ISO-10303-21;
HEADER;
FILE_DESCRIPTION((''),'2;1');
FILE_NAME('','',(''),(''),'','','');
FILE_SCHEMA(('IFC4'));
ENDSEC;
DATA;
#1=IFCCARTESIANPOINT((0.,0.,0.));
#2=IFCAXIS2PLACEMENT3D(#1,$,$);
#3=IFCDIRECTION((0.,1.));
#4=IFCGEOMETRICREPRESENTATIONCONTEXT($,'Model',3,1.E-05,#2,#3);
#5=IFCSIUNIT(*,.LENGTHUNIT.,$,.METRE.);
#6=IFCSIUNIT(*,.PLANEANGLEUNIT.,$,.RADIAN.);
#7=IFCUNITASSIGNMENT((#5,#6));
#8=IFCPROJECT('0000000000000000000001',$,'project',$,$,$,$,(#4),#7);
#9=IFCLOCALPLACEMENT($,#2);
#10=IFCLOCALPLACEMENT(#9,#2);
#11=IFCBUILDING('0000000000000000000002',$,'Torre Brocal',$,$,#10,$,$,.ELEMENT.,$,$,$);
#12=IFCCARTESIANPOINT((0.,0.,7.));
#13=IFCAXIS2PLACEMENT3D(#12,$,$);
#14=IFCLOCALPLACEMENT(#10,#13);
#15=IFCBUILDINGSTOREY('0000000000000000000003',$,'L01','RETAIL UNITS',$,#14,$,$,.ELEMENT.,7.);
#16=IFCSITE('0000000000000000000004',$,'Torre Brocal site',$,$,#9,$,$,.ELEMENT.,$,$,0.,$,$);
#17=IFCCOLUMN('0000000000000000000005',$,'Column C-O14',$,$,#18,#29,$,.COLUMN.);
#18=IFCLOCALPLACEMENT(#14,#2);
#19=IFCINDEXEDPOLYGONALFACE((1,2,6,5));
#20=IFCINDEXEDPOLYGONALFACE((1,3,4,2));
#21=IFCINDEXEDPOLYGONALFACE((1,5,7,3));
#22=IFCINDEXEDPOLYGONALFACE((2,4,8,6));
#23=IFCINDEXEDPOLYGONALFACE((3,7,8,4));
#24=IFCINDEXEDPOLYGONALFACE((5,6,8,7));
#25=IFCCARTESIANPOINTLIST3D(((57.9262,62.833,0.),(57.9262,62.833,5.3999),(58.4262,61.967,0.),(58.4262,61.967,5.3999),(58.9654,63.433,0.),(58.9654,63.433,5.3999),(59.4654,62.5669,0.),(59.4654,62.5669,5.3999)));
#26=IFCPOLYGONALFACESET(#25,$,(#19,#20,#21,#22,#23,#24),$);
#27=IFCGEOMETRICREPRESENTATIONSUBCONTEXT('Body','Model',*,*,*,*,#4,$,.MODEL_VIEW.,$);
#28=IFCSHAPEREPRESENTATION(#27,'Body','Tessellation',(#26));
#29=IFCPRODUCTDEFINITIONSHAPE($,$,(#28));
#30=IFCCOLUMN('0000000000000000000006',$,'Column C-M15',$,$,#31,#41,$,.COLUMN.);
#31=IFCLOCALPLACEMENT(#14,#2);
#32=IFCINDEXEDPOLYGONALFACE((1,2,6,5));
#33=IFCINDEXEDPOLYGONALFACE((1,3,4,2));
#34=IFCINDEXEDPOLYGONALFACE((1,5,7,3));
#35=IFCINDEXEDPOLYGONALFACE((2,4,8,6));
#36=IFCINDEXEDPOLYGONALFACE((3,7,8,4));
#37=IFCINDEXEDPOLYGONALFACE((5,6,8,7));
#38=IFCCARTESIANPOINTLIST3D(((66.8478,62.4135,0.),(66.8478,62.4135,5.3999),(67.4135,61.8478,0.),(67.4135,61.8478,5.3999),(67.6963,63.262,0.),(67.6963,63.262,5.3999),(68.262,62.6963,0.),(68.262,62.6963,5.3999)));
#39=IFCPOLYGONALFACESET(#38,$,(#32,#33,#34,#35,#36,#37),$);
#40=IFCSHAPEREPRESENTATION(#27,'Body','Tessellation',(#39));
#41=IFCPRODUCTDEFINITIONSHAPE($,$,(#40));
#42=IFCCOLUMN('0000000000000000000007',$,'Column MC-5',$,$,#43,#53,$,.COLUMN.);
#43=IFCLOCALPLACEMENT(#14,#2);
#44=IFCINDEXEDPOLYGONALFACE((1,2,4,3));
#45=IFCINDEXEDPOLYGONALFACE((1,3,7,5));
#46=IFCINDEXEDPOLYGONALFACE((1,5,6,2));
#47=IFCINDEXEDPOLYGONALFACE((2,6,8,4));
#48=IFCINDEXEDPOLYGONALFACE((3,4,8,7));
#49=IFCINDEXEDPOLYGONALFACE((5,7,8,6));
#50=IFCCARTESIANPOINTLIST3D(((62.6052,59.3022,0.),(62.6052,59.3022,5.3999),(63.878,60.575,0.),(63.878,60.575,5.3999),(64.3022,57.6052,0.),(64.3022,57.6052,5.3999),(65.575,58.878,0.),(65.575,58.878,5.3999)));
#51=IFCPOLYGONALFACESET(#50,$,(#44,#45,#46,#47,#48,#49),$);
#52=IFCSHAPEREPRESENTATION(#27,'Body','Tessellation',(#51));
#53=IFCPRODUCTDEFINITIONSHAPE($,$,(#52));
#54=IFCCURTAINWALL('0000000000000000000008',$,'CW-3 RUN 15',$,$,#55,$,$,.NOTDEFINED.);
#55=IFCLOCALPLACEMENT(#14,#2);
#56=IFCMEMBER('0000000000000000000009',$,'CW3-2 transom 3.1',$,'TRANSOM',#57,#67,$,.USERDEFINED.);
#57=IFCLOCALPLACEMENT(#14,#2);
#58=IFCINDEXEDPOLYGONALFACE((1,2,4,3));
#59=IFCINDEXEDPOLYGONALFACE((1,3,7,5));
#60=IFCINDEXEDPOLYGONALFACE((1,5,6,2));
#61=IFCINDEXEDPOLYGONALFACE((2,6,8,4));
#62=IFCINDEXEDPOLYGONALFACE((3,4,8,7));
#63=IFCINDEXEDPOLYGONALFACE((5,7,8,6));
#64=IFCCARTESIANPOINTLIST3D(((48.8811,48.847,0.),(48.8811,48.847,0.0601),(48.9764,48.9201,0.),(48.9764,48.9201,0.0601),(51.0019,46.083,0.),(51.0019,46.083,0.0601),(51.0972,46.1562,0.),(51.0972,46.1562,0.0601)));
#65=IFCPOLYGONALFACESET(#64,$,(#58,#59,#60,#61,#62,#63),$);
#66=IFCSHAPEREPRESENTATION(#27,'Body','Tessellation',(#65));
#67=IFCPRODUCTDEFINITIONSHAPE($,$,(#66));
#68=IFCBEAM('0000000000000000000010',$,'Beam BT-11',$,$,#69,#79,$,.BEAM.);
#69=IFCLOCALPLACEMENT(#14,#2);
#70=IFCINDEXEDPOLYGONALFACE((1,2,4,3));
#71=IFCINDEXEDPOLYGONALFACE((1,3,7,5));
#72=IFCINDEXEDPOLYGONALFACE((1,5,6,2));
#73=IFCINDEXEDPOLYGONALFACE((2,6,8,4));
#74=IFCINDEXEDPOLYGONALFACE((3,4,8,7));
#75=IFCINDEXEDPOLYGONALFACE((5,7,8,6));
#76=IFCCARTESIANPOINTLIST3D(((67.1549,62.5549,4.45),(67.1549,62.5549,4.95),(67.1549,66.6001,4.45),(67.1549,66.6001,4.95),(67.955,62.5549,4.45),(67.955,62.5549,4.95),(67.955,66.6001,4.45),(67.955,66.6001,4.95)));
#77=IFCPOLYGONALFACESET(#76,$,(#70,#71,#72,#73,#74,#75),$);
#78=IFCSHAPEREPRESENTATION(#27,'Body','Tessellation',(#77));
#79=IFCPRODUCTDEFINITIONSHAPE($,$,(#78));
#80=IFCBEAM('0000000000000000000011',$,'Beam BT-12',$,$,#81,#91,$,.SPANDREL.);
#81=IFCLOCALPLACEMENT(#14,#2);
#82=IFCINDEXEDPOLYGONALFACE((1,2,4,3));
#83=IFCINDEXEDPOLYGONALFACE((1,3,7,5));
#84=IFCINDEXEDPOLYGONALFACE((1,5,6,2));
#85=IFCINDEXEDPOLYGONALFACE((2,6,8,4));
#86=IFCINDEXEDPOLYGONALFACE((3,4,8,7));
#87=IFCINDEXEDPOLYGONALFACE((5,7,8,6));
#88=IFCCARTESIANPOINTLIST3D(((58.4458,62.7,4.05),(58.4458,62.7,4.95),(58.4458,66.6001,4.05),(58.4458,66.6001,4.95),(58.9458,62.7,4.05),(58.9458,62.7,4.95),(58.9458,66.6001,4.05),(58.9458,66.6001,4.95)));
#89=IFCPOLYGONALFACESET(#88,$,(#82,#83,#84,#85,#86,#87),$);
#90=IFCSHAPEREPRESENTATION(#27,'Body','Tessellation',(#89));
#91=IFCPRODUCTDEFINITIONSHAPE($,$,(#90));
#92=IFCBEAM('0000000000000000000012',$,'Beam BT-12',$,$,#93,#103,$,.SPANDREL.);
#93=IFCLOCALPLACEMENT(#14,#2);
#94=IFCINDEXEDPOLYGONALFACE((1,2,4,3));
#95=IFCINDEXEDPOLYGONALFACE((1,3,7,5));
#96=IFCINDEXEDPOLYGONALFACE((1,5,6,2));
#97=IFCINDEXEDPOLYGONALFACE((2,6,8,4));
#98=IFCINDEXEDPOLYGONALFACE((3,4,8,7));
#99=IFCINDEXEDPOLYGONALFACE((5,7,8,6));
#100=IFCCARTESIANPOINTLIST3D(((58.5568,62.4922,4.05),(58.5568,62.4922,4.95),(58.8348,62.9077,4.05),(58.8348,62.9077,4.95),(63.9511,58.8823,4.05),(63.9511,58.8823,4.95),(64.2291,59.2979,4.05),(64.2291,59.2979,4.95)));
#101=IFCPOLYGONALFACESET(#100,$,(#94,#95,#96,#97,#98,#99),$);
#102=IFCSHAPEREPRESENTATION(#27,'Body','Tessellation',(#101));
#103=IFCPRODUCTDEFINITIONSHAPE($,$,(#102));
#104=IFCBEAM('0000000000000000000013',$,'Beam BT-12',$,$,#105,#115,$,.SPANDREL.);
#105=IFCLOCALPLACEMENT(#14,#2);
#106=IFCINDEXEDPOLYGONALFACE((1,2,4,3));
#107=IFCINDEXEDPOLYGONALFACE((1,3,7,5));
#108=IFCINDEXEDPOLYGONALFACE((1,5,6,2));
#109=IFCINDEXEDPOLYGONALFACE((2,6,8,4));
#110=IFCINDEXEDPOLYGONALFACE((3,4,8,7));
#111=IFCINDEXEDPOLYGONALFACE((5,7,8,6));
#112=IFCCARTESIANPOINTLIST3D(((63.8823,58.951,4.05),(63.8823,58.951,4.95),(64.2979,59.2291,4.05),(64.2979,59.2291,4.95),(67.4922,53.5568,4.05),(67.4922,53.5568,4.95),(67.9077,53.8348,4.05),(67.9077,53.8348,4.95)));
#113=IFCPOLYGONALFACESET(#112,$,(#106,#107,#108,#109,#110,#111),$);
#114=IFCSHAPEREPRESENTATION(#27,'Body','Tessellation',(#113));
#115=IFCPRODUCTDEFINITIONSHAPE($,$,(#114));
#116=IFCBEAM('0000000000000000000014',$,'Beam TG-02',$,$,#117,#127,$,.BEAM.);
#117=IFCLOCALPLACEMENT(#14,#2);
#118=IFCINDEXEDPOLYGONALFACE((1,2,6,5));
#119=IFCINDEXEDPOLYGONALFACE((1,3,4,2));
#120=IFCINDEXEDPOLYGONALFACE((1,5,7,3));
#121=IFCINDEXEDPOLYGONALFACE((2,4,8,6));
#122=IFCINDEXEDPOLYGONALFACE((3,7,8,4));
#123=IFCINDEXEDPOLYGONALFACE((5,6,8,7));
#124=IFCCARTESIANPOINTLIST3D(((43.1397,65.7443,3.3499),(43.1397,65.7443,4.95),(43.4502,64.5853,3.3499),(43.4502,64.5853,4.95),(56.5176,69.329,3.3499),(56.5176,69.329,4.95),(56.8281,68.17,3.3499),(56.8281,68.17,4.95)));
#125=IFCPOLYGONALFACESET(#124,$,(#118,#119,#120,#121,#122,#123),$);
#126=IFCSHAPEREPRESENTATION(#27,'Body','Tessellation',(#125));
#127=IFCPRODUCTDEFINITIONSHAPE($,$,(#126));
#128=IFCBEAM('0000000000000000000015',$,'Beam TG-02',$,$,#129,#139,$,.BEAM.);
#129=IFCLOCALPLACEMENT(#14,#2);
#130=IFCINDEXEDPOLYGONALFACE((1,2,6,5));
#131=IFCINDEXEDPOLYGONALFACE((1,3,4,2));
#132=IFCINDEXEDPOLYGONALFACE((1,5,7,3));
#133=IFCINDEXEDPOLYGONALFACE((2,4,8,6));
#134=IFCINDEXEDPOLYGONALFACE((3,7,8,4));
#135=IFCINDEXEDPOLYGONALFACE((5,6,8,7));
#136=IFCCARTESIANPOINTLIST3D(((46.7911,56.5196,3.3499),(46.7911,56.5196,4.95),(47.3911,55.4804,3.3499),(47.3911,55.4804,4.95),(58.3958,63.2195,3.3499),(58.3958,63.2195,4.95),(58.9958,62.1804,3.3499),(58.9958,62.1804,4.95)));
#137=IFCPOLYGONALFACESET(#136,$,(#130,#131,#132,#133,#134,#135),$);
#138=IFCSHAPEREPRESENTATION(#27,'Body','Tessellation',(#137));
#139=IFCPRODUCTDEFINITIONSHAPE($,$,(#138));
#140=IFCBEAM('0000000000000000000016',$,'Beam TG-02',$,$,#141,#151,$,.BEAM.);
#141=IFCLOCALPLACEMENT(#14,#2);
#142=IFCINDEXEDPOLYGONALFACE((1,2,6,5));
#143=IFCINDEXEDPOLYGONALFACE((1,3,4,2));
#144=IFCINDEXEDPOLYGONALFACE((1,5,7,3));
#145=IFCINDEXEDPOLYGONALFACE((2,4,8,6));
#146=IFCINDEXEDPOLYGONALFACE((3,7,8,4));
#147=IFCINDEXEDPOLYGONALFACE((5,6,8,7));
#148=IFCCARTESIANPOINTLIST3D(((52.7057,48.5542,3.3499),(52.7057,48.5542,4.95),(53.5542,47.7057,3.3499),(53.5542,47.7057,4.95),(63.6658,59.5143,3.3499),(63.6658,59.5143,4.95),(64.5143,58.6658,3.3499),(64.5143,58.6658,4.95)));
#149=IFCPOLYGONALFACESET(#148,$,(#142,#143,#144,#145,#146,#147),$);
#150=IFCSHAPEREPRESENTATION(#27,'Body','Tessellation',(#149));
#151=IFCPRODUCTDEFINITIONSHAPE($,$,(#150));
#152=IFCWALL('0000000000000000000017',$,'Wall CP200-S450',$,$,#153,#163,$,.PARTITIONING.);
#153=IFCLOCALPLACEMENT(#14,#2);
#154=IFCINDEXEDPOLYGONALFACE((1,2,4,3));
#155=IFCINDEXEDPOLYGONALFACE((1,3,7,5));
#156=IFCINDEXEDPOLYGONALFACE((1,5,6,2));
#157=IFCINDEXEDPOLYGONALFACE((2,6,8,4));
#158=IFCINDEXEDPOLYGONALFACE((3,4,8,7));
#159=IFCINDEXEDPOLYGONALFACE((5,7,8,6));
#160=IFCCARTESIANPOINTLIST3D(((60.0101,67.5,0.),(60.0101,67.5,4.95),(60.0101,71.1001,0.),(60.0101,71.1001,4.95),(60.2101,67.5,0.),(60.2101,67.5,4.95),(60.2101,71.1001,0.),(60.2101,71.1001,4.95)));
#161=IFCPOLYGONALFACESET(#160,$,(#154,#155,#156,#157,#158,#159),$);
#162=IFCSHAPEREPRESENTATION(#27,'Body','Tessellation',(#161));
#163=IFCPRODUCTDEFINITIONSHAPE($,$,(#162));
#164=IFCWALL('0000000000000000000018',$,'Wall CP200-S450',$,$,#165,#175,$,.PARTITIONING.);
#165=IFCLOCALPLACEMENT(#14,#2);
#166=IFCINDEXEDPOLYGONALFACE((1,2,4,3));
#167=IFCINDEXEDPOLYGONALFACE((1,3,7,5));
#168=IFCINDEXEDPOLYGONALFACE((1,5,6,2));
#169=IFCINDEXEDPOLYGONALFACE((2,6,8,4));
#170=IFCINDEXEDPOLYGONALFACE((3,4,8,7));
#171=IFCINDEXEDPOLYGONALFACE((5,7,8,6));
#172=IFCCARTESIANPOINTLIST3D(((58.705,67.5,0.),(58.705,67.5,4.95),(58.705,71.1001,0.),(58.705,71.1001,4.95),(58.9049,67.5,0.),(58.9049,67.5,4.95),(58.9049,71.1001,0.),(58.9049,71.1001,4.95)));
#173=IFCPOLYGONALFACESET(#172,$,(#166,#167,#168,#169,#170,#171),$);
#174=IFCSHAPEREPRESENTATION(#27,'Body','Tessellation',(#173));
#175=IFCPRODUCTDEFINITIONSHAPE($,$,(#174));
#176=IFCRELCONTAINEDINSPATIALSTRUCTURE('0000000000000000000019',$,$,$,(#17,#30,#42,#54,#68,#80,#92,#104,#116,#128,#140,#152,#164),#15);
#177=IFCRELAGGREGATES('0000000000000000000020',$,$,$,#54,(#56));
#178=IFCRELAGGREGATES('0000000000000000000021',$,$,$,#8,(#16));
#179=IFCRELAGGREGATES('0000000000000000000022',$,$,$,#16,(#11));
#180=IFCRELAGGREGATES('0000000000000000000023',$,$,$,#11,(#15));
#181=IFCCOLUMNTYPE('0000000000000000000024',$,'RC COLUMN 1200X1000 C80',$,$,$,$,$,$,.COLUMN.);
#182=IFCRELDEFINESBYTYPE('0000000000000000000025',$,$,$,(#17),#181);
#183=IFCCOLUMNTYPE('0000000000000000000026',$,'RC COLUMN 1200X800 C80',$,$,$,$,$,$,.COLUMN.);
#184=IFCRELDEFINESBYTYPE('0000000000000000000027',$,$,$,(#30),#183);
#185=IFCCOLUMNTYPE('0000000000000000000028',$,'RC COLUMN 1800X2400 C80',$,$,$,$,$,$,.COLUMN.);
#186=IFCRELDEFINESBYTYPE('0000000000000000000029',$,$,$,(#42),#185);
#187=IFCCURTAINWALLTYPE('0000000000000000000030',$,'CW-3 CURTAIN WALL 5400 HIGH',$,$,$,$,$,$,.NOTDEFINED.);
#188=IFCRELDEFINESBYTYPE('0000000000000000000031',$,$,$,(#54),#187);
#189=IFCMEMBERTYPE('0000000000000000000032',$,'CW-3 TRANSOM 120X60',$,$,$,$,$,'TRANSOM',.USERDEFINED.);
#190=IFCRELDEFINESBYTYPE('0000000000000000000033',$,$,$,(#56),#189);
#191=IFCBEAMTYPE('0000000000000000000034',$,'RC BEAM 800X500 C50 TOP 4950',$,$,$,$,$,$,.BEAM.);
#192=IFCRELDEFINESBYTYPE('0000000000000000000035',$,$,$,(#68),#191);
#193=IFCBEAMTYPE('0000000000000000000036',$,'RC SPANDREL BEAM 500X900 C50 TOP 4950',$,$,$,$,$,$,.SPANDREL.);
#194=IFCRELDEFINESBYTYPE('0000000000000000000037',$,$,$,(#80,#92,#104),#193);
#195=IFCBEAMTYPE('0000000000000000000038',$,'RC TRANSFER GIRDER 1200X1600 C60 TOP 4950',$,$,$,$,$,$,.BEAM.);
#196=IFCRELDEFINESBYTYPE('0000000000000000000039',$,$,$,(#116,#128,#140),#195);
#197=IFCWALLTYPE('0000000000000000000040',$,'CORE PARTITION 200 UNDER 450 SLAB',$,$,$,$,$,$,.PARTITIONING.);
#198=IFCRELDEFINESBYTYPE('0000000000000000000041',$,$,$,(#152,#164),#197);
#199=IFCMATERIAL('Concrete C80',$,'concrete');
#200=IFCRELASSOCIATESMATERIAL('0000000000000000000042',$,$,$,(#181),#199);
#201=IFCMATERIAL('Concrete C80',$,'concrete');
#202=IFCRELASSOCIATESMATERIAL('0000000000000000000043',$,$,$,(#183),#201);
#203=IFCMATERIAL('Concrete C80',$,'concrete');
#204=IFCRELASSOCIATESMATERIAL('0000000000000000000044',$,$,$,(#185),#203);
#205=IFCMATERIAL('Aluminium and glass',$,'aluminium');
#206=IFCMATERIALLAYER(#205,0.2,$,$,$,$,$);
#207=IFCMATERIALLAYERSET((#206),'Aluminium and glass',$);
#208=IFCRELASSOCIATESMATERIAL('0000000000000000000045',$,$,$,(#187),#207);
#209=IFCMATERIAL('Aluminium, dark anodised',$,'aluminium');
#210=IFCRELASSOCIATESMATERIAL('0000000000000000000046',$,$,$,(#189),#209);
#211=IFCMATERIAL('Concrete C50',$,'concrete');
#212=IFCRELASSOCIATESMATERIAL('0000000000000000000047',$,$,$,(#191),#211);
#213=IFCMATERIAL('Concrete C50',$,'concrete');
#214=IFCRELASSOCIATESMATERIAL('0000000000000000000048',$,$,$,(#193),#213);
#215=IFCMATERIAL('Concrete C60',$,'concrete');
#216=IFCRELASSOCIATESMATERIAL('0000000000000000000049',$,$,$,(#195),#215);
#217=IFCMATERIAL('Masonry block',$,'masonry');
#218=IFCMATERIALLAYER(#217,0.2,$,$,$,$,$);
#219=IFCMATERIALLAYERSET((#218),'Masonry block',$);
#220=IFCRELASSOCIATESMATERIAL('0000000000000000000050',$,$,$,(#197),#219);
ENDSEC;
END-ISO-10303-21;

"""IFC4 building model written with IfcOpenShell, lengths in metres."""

from ifc_helpers import new_model, si_unit, direction, frame, frame_2d, origin, origin_2d, place, context, subcontext, project, spatial, rectangle, extrude, material, layer, layer_set, material_profile, profile_set, type_object, element, aggregate, save


model = new_model("IFC4")

# Units and contexts
model_context = context("Model", 3, precision=1e-05, world=origin(), true_north=direction((0.0, 1.0)))
body_context = subcontext(model_context, "Body", "Model", "MODEL_VIEW")
ifc_project = project(units=[si_unit("LENGTHUNIT", "METRE"), si_unit("PLANEANGLEUNIT", "RADIAN")], contexts=[model_context])

# Site, building, storey
site_placement = place(None, origin())
site = spatial("IfcSite", under=ifc_project, at=site_placement, Name="Torre Brocal site", CompositionType="ELEMENT", RefElevation=0.0)
building_placement = place(site_placement, origin())
building = spatial("IfcBuilding", under=site, at=building_placement, Name="Torre Brocal", CompositionType="ELEMENT")
storey_placement = place(building_placement, frame((0.0, 0.0, 7.0)))
storey = spatial("IfcBuildingStorey", under=building, at=storey_placement, Name="L01", Description="RETAIL UNITS", CompositionType="ELEMENT", Elevation=7.0)

# Columns
ifc_material_1 = material(Name="Concrete C80", Category="concrete")
ifc_material_profile_1 = material_profile(ifc_material_1, rectangle(XDim=1.2, YDim=1.0, at=origin_2d()), Name="RC 1200X1000")
ifc_profile_set_1 = profile_set([ifc_material_profile_1], Name="Concrete C80")
column_type_1 = type_object("IfcColumnType", Name="RC COLUMN 1200X1000 C80", PredefinedType="COLUMN", material=ifc_profile_set_1)
column_1_placement = place(storey_placement, frame((58.6958, 62.7, 0.0), z_axis=(0.0, 0.0, 1.0), x_axis=(-0.866025, -0.5, 0.0)))
element("IfcColumn", 1, at=column_1_placement, inside=storey, type_object=column_type_1, Name="Column C-O14", PredefinedType="COLUMN", context=body_context, shape_type="SweptSolid", body=[
    extrude(rectangle(XDim=1.2, YDim=1.0, at=origin_2d()), origin(), (0.0, 0.0, 1.0), 5.3999),
])
ifc_material_2 = material(Name="Concrete C80", Category="concrete")
ifc_material_profile_2 = material_profile(ifc_material_2, rectangle(XDim=1.2, YDim=0.8, at=origin_2d()), Name="RC 1200X800")
ifc_profile_set_2 = profile_set([ifc_material_profile_2], Name="Concrete C80")
column_type_2 = type_object("IfcColumnType", Name="RC COLUMN 1200X800 C80", PredefinedType="COLUMN", material=ifc_profile_set_2)
column_2_placement = place(storey_placement, frame((67.5549, 62.5549, 0.0), z_axis=(0.0, 0.0, 1.0), x_axis=(-0.707107, -0.707107, 0.0)))
element("IfcColumn", 2, at=column_2_placement, inside=storey, type_object=column_type_2, Name="Column C-M15", PredefinedType="COLUMN", context=body_context, shape_type="SweptSolid", body=[
    extrude(rectangle(XDim=1.2, YDim=0.8, at=origin_2d()), origin(), (0.0, 0.0, 1.0), 5.3999),
])
ifc_material_3 = material(Name="Concrete C80", Category="concrete")
ifc_material_profile_3 = material_profile(ifc_material_3, rectangle(XDim=1.8, YDim=2.3999, at=origin_2d()), Name="RC 1800X2400")
ifc_profile_set_3 = profile_set([ifc_material_profile_3], Name="Concrete C80")
column_type_3 = type_object("IfcColumnType", Name="RC COLUMN 1800X2400 C80", PredefinedType="COLUMN", material=ifc_profile_set_3)
column_3_placement = place(storey_placement, frame((64.0901, 59.0901, 0.0), z_axis=(0.0, 0.0, 1.0), x_axis=(-0.707107, -0.707107, 0.0)))
element("IfcColumn", 3, at=column_3_placement, inside=storey, type_object=column_type_3, Name="Column MC-5", PredefinedType="COLUMN", context=body_context, shape_type="SweptSolid", body=[
    extrude(rectangle(XDim=1.8, YDim=2.3999, at=origin_2d()), origin(), (0.0, 0.0, 1.0), 5.3999),
])

# Curtain wall, member
ifc_material_4 = material(Name="Aluminium and glass", Category="aluminium")
ifc_layer_1 = layer(ifc_material_4, 0.2)
ifc_layer_set_1 = layer_set([ifc_layer_1], Name="Aluminium and glass")
curtain_wall_type = type_object("IfcCurtainWallType", Name="CW-3 CURTAIN WALL 5400 HIGH", PredefinedType="NOTDEFINED", material=ifc_layer_set_1)
curtain_wall_placement = place(storey_placement, origin())
curtain_wall = element("IfcCurtainWall", 4, at=curtain_wall_placement, inside=storey, type_object=curtain_wall_type, Name="CW-3 RUN 15", PredefinedType="NOTDEFINED")
ifc_material_5 = material(Name="Aluminium, dark anodised", Category="aluminium")
ifc_material_profile_4 = material_profile(ifc_material_5, rectangle(XDim=0.1201, YDim=0.0601, at=origin_2d()), Name="CW-3 TRANSOM 120X60")
ifc_profile_set_4 = profile_set([ifc_material_profile_4], Name="Aluminium, dark anodised")
member_type = type_object("IfcMemberType", Name="CW-3 TRANSOM 120X60", ElementType="TRANSOM", PredefinedType="USERDEFINED", material=ifc_profile_set_4)
member_placement = place(storey_placement, frame((48.9287, 48.8835, 0.03), z_axis=(0.608765, -0.79335, 0.0), x_axis=(0.79335, 0.608765, 0.0)))
member = element("IfcMember", 5, at=member_placement, type_object=member_type, Name="CW3-2 transom 3.1", ObjectType="TRANSOM", PredefinedType="USERDEFINED", context=body_context, shape_type="SweptSolid", body=[
    extrude(rectangle(XDim=0.1201, YDim=0.0601, at=origin_2d()), origin(), (0.0, 0.0, 1.0), 3.4839),
])
aggregate(curtain_wall, [member])

# Beams
ifc_material_6 = material(Name="Concrete C50", Category="concrete")
ifc_material_profile_5 = material_profile(ifc_material_6, rectangle(XDim=0.8, YDim=0.5, at=origin_2d()), Name="RC 800X500")
ifc_profile_set_5 = profile_set([ifc_material_profile_5], Name="Concrete C50")
beam_type_1 = type_object("IfcBeamType", Name="RC BEAM 800X500 C50 TOP 4950", PredefinedType="BEAM", material=ifc_profile_set_5)
beam_1_placement = place(storey_placement, frame((67.5549, 62.5549, 4.7), z_axis=(0.0, 1.0, 0.0), x_axis=(-1.0, 0.0, 0.0)))
element("IfcBeam", 6, at=beam_1_placement, inside=storey, type_object=beam_type_1, Name="Beam BT-11", PredefinedType="BEAM", context=body_context, shape_type="SweptSolid", body=[
    extrude(rectangle(XDim=0.8, YDim=0.5, at=origin_2d()), origin(), (0.0, 0.0, 1.0), 4.0452),
])
ifc_material_7 = material(Name="Concrete C50", Category="concrete")
ifc_material_profile_6 = material_profile(ifc_material_7, rectangle(XDim=0.5, YDim=0.8999, at=origin_2d()), Name="RC 500X900")
ifc_profile_set_6 = profile_set([ifc_material_profile_6], Name="Concrete C50")
beam_type_2 = type_object("IfcBeamType", Name="RC SPANDREL BEAM 500X900 C50 TOP 4950", PredefinedType="SPANDREL", material=ifc_profile_set_6)
beam_2_placement = place(storey_placement, frame((58.6958, 62.7, 4.5), z_axis=(0.0, 1.0, 0.0), x_axis=(-1.0, 0.0, 0.0)))
element("IfcBeam", 7, at=beam_2_placement, inside=storey, type_object=beam_type_2, Name="Beam BT-12", PredefinedType="SPANDREL", context=body_context, shape_type="SweptSolid", body=[
    extrude(rectangle(XDim=0.5, YDim=0.8999, at=origin_2d()), origin(), (0.0, 0.0, 1.0), 3.9001),
])
for number, where, z_axis, x_axis, name in (
    (8, (58.6958, 62.7, 4.5), (0.831077, -0.556158, 0.0), (0.556158, 0.831077, 0.0), "Beam BT-12"),
    (9, (64.0901, 59.0901, 4.5), (0.556158, -0.831077, 0.0), (0.831077, 0.556158, 0.0), "Beam BT-12"),
):
    element("IfcBeam", number, at=place(storey_placement, frame(where, z_axis=z_axis, x_axis=x_axis)), inside=storey, type_object=beam_type_2, Name=name, PredefinedType="SPANDREL", context=body_context, shape_type="SweptSolid", body=[
        extrude(rectangle(XDim=0.5, YDim=0.8999, at=origin_2d()), origin(), (0.0, 0.0, 1.0), 6.4907),
    ])
ifc_material_8 = material(Name="Concrete C60", Category="concrete")
ifc_material_profile_7 = material_profile(ifc_material_8, rectangle(XDim=1.2, YDim=1.6001, at=origin_2d()), Name="RC 1200X1600")
ifc_profile_set_7 = profile_set([ifc_material_profile_7], Name="Concrete C60")
beam_type_3 = type_object("IfcBeamType", Name="RC TRANSFER GIRDER 1200X1600 C60 TOP 4950", PredefinedType="BEAM", material=ifc_profile_set_7)
beam_3_placement = place(storey_placement, frame((56.6729, 68.7495, 4.1499), z_axis=(-0.965924, -0.258827, 0.0), x_axis=(0.258827, -0.965924, 0.0)))
element("IfcBeam", 10, at=beam_3_placement, inside=storey, type_object=beam_type_3, Name="Beam TG-02", PredefinedType="BEAM", context=body_context, shape_type="SweptSolid", body=[
    extrude(rectangle(XDim=1.2, YDim=1.6001, at=origin_2d()), origin(), (0.0, 0.0, 1.0), 13.8499),
])
beam_4_placement = place(storey_placement, frame((58.6958, 62.7, 4.1499), z_axis=(-0.866027, -0.499997, 0.0), x_axis=(0.499997, -0.866027, 0.0)))
element("IfcBeam", 11, at=beam_4_placement, inside=storey, type_object=beam_type_3, Name="Beam TG-02", PredefinedType="BEAM", context=body_context, shape_type="SweptSolid", body=[
    extrude(rectangle(XDim=1.2, YDim=1.6001, at=origin_2d()), origin(), (0.0, 0.0, 1.0), 13.3999),
])
beam_5_placement = place(storey_placement, frame((64.0901, 59.0901, 4.1499), z_axis=(-0.707107, -0.707107, 0.0), x_axis=(0.707107, -0.707107, 0.0)))
element("IfcBeam", 12, at=beam_5_placement, inside=storey, type_object=beam_type_3, Name="Beam TG-02", PredefinedType="BEAM", context=body_context, shape_type="SweptSolid", body=[
    extrude(rectangle(XDim=1.2, YDim=1.6001, at=origin_2d()), origin(), (0.0, 0.0, 1.0), 15.5),
])

# Walls
ifc_material_9 = material(Name="Masonry block", Category="masonry")
ifc_layer_2 = layer(ifc_material_9, 0.2)
ifc_layer_set_2 = layer_set([ifc_layer_2], Name="Masonry block")
wall_type_1 = type_object("IfcWallType", Name="CORE PARTITION 200 UNDER 450 SLAB", PredefinedType="PARTITIONING", material=ifc_layer_set_2)
for number, where, z_axis, x_axis, name in (
    (13, (60.1101, 71.1001, 0.0), (0.0, 0.0, 1.0), (0.0, -1.0, 0.0), "Wall CP200-S450"),
    (14, (58.8049, 71.1001, 0.0), (0.0, 0.0, 1.0), (0.0, -1.0, 0.0), "Wall CP200-S450"),
):
    element("IfcWall", number, at=place(storey_placement, frame(where, z_axis=z_axis, x_axis=x_axis)), inside=storey, type_object=wall_type_1, Name=name, PredefinedType="PARTITIONING", context=body_context, shape_type="SweptSolid", body=[
        extrude(rectangle(XDim=3.6001, YDim=0.2, at=frame_2d((1.8, 0.0))), origin(), (0.0, 0.0, 1.0), 4.95),
    ])

save(model, "model.ifc")
